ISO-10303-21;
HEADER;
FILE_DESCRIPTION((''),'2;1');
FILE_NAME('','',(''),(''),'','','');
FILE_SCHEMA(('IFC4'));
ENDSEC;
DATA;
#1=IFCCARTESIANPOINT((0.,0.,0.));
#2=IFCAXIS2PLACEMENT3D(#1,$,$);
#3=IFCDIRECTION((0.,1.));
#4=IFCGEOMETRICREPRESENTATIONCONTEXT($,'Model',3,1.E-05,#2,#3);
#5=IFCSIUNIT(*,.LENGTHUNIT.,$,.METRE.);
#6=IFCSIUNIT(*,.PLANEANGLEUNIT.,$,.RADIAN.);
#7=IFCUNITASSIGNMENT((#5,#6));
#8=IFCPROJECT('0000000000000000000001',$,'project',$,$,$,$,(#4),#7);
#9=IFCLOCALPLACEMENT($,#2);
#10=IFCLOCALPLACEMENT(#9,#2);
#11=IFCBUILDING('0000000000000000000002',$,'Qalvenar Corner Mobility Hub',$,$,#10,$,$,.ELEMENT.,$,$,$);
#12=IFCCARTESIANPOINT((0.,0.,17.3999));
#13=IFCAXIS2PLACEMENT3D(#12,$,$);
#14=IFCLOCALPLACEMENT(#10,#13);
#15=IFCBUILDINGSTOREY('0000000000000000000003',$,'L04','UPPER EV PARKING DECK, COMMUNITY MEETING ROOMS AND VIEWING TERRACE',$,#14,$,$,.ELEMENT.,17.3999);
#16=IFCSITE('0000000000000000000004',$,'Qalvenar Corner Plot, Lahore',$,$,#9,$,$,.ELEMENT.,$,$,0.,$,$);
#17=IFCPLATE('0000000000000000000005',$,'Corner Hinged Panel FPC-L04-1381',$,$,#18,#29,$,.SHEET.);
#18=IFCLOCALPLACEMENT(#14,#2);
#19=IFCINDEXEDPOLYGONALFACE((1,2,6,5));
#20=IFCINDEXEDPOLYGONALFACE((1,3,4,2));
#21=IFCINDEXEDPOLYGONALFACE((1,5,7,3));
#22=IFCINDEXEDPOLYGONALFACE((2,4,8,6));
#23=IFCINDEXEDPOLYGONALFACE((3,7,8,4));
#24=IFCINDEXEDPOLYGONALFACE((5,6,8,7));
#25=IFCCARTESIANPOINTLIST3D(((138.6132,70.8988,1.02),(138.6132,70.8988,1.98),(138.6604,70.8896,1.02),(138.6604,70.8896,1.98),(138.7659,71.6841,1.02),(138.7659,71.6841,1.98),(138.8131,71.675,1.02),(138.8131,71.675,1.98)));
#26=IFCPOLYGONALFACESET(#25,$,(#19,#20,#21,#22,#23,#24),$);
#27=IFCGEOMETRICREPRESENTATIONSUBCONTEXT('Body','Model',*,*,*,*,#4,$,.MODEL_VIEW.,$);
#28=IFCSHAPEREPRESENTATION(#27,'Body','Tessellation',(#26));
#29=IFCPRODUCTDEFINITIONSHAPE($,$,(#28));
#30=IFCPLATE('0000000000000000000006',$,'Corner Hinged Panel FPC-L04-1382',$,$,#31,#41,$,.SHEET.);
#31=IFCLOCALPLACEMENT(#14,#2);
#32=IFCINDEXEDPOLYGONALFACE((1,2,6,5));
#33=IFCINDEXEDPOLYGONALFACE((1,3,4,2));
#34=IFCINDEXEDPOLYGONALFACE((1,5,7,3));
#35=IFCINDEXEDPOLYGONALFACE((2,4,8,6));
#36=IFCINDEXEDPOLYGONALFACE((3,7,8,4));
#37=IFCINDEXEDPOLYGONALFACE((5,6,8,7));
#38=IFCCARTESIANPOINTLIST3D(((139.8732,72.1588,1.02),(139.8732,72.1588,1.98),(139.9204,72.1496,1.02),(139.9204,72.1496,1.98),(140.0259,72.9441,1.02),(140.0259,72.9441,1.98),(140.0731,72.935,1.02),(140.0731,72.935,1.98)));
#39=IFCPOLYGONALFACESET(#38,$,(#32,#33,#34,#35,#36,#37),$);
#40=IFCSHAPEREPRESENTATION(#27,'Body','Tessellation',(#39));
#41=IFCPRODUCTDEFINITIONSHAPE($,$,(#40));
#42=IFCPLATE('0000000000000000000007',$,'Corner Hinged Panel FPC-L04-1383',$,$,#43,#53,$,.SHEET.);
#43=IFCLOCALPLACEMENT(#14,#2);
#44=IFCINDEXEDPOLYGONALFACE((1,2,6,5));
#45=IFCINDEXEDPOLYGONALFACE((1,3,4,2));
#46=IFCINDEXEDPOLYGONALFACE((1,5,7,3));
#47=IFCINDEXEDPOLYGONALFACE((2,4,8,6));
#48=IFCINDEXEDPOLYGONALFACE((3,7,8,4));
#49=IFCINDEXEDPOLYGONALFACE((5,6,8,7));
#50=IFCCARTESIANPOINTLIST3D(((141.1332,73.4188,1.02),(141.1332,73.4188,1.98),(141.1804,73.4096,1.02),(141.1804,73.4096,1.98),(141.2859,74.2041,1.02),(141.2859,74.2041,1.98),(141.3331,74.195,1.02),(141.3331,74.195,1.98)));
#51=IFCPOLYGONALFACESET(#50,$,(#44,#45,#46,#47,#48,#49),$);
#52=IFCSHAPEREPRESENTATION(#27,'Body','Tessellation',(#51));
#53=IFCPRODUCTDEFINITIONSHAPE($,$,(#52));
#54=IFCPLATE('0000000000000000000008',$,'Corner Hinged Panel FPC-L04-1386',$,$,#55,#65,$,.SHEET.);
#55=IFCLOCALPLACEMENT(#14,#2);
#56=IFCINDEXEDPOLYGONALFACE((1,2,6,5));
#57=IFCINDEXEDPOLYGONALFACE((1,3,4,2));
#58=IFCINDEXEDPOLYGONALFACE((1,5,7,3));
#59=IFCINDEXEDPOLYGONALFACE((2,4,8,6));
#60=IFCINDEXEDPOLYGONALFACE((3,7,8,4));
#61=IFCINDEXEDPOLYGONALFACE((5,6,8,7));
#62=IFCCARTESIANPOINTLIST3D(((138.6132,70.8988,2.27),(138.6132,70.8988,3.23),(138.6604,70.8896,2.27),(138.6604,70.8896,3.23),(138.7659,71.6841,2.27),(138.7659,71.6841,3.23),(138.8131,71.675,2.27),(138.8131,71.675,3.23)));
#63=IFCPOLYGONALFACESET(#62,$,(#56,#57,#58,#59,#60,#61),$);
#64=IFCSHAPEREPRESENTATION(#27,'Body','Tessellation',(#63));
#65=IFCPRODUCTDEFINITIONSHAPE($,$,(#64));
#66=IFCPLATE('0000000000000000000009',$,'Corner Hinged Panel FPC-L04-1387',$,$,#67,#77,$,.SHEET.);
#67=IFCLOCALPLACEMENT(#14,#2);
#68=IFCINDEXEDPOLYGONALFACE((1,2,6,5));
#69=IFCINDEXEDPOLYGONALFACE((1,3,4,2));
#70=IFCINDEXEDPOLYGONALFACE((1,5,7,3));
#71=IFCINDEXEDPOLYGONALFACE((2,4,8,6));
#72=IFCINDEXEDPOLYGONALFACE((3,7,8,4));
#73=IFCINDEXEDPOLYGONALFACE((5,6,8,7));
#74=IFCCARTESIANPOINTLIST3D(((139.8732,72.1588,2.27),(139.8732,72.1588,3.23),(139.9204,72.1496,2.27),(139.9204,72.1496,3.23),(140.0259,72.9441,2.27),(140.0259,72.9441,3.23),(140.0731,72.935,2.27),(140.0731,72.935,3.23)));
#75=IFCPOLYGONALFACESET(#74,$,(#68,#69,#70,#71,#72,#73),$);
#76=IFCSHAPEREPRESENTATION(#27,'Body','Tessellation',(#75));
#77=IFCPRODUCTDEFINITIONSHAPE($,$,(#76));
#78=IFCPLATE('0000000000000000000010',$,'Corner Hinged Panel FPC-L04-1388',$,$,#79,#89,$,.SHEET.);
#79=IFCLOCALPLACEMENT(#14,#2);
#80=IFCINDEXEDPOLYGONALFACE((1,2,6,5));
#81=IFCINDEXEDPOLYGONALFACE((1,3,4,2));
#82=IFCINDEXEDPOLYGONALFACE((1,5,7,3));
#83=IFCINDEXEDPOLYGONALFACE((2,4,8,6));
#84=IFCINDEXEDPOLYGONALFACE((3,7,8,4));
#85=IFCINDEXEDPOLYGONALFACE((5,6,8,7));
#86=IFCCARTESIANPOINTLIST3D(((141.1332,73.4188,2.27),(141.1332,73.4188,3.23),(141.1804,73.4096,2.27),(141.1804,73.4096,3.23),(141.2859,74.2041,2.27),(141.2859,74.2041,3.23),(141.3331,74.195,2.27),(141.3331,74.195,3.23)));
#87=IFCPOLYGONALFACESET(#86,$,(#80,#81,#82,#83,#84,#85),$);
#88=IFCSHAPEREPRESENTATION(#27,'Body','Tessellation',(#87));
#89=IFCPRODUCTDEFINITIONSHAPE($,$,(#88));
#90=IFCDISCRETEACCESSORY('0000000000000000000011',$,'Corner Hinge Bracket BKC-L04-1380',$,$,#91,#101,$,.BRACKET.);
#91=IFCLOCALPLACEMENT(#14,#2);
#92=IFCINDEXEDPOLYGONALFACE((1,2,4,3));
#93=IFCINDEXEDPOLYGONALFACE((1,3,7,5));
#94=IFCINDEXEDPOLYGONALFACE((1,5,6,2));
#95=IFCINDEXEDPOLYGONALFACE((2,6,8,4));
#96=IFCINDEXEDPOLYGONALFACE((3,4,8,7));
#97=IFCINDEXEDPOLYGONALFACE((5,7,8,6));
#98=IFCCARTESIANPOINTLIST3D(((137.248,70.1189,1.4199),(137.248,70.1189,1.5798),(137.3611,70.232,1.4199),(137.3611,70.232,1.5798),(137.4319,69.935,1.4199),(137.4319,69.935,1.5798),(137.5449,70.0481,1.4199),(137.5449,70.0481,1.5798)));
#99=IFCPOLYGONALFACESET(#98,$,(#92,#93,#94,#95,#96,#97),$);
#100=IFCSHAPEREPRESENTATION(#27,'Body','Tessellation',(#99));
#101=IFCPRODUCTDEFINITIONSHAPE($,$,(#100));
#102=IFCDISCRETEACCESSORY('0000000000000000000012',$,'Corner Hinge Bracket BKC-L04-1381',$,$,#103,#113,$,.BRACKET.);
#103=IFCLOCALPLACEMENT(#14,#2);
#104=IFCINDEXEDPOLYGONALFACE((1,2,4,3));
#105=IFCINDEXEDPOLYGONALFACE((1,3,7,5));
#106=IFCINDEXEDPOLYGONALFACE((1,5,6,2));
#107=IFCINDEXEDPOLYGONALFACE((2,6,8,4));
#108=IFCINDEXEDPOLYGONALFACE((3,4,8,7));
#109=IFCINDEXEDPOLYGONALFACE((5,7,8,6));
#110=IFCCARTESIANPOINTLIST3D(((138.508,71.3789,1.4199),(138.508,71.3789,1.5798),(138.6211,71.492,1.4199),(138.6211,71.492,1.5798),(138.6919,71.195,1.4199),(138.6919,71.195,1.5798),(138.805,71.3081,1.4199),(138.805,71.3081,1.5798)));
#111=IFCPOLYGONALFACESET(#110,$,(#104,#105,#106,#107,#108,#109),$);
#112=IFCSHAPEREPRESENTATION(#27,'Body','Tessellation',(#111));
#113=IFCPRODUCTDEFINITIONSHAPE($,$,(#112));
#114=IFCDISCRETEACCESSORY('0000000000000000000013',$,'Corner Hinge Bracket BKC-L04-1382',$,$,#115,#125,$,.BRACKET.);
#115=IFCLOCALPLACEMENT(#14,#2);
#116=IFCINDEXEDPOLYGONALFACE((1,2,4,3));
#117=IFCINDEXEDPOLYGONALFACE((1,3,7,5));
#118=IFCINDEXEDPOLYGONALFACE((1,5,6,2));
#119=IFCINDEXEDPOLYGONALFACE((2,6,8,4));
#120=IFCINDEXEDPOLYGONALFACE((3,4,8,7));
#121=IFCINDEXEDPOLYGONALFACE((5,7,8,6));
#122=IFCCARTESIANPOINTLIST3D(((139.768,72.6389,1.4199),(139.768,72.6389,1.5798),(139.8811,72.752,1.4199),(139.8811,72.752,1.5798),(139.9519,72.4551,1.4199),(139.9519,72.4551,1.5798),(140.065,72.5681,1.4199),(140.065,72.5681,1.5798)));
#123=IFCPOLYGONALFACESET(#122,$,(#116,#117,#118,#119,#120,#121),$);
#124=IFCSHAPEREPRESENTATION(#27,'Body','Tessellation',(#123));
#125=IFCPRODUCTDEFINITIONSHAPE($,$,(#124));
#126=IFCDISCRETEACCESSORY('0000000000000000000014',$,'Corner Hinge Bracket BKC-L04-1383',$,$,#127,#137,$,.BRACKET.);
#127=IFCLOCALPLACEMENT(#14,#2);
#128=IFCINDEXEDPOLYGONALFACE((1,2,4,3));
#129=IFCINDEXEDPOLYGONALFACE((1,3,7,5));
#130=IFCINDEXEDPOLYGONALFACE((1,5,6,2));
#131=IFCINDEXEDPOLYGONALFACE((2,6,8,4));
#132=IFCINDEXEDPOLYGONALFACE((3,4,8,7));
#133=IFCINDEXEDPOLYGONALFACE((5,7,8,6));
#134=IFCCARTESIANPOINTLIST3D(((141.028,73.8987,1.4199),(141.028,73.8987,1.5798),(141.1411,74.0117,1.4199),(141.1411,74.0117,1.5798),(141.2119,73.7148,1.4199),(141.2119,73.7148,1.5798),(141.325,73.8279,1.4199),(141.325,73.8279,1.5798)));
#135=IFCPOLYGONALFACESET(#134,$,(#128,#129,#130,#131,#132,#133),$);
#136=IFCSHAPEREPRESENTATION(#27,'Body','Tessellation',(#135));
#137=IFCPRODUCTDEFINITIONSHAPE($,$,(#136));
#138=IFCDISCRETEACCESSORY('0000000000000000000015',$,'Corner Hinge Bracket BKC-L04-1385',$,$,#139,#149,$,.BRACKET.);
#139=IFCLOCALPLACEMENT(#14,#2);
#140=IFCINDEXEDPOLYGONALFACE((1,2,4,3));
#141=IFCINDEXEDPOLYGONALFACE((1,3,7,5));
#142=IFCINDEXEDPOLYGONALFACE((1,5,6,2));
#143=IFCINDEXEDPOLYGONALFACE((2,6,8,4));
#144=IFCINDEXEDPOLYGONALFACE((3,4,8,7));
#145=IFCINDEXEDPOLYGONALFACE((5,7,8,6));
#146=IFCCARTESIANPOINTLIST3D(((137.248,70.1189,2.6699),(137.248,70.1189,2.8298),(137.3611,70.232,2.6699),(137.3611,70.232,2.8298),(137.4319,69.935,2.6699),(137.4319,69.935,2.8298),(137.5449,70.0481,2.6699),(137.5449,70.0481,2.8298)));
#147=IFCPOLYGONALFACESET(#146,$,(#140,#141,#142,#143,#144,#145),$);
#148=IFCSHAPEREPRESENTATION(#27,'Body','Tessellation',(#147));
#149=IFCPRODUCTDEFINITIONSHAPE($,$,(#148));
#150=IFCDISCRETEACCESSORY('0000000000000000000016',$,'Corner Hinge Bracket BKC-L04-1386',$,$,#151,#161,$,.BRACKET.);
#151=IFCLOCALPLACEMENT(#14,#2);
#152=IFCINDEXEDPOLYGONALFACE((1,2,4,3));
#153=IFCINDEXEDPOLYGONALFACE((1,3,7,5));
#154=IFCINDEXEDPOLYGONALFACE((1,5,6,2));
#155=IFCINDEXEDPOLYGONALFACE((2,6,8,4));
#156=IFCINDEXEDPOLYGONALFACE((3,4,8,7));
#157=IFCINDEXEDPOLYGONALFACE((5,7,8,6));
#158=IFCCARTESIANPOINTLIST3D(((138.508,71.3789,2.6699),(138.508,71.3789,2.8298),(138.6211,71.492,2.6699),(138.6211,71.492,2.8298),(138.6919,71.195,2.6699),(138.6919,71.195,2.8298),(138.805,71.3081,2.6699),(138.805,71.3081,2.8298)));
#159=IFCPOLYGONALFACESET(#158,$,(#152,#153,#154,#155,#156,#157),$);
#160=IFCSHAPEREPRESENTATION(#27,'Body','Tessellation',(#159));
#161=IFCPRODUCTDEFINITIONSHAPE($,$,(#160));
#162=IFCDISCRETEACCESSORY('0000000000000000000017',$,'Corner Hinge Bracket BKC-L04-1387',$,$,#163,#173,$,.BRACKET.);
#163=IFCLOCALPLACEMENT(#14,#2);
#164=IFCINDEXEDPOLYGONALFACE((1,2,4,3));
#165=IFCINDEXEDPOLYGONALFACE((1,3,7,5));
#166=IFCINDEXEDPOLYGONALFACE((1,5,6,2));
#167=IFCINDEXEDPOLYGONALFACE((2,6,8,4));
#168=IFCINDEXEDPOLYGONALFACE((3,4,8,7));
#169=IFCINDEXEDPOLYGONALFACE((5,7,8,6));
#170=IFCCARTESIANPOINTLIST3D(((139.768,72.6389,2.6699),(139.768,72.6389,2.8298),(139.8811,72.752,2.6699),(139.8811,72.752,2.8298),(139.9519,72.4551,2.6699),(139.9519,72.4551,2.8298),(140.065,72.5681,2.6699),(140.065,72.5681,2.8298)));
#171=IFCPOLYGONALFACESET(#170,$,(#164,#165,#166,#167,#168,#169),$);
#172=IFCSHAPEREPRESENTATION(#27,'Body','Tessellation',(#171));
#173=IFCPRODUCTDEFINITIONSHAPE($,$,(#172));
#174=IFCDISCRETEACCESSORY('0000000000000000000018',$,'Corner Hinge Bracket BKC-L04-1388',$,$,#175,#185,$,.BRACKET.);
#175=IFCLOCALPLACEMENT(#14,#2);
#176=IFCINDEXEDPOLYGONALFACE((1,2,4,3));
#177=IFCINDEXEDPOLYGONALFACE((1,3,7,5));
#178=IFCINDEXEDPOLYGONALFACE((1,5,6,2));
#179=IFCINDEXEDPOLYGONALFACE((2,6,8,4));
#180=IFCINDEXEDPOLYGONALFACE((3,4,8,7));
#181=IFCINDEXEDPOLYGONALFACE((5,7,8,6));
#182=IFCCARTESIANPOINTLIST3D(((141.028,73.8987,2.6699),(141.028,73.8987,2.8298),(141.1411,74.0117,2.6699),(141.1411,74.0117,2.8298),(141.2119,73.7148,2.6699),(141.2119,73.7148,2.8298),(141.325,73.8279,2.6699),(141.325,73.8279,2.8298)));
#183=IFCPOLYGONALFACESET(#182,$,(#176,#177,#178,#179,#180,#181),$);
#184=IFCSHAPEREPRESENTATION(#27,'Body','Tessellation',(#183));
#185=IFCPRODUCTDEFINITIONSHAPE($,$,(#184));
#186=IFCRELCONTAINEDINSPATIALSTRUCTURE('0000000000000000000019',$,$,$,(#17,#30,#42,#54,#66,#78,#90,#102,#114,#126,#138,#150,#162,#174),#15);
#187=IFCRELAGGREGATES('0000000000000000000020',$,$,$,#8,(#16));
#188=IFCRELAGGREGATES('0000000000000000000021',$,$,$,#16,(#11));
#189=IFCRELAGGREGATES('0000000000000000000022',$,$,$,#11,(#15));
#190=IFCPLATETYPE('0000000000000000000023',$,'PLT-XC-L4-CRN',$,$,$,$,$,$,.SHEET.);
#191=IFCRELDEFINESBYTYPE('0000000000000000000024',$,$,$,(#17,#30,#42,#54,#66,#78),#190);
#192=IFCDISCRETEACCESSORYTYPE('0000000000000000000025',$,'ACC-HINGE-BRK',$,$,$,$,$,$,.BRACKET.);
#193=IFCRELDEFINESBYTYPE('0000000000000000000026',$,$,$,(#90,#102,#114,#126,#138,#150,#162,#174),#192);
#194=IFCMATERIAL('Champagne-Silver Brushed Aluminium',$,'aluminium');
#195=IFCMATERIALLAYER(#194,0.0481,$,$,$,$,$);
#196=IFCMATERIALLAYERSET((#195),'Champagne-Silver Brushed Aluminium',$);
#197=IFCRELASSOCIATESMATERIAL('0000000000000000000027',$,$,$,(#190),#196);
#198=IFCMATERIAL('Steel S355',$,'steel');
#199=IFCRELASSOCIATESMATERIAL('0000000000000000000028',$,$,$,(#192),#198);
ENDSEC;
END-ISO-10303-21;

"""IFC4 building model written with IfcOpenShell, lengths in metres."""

from ifc_helpers import new_model, si_unit, direction, frame, origin, origin_2d, place, context, subcontext, project, spatial, rectangle, extrude, material, layer, layer_set, type_object, element, save


model = new_model("IFC4")

# Units and contexts
model_context = context("Model", 3, precision=1e-05, world=origin(), true_north=direction((0.0, 1.0)))
body_context = subcontext(model_context, "Body", "Model", "MODEL_VIEW")
ifc_project = project(units=[si_unit("LENGTHUNIT", "METRE"), si_unit("PLANEANGLEUNIT", "RADIAN")], contexts=[model_context])

# Site, building, storey
site_placement = place(None, origin())
site = spatial("IfcSite", under=ifc_project, at=site_placement, Name="Qalvenar Corner Plot, Lahore", CompositionType="ELEMENT", RefElevation=0.0)
building_placement = place(site_placement, origin())
building = spatial("IfcBuilding", under=site, at=building_placement, Name="Qalvenar Corner Mobility Hub", CompositionType="ELEMENT")
storey_placement = place(building_placement, frame((0.0, 0.0, 17.3999)))
storey = spatial("IfcBuildingStorey", under=building, at=storey_placement, Name="L04", Description="UPPER EV PARKING DECK, COMMUNITY MEETING ROOMS AND VIEWING TERRACE", CompositionType="ELEMENT", Elevation=17.3999)

# Shared definitions
ifc_material_1 = material(Name="Steel S355", Category="steel")

# Plates
ifc_material_2 = material(Name="Champagne-Silver Brushed Aluminium", Category="aluminium")
ifc_layer = layer(ifc_material_2, 0.0481)
ifc_layer_set = layer_set([ifc_layer], Name="Champagne-Silver Brushed Aluminium")
plate_type = type_object("IfcPlateType", Name="PLT-XC-L4-CRN", PredefinedType="SHEET", material=ifc_layer_set)
for number, where, z_axis, x_axis, name in (
    (1, (138.7131, 71.2869, 1.02), (0.0, 0.0, 1.0), (0.190809, 0.981627, 0.0), "Corner Hinged Panel FPC-L04-1381"),
    (2, (139.9731, 72.5469, 1.02), (0.0, 0.0, 1.0), (0.190809, 0.981627, 0.0), "Corner Hinged Panel FPC-L04-1382"),
    (3, (141.2332, 73.8069, 1.02), (0.0, 0.0, 1.0), (0.190809, 0.981627, 0.0), "Corner Hinged Panel FPC-L04-1383"),
    (4, (138.7131, 71.2869, 2.27), (0.0, 0.0, 1.0), (0.190809, 0.981627, 0.0), "Corner Hinged Panel FPC-L04-1386"),
    (5, (139.9731, 72.5469, 2.27), (0.0, 0.0, 1.0), (0.190809, 0.981627, 0.0), "Corner Hinged Panel FPC-L04-1387"),
    (6, (141.2332, 73.8069, 2.27), (0.0, 0.0, 1.0), (0.190809, 0.981627, 0.0), "Corner Hinged Panel FPC-L04-1388"),
):
    element("IfcPlate", number, at=place(storey_placement, frame(where, z_axis=z_axis, x_axis=x_axis)), inside=storey, type_object=plate_type, Name=name, PredefinedType="SHEET", context=body_context, shape_type="SweptSolid", body=[
        extrude(rectangle(XDim=0.8, YDim=0.0481, at=origin_2d()), origin(), (0.0, 0.0, 1.0), 0.96),
    ])

# Discrete accessories
discrete_accessory_type = type_object("IfcDiscreteAccessoryType", Name="ACC-HINGE-BRK", PredefinedType="BRACKET", material=ifc_material_1)
for number, where, z_axis, x_axis, name in (
    (7, (137.3965, 70.0835, 1.4199), (0.0, 0.0, 1.0), (0.707107, 0.707107, 0.0), "Corner Hinge Bracket BKC-L04-1380"),
    (8, (138.6565, 71.3435, 1.4199), (0.0, 0.0, 1.0), (0.707107, 0.707107, 0.0), "Corner Hinge Bracket BKC-L04-1381"),
    (9, (139.9165, 72.6035, 1.4199), (0.0, 0.0, 1.0), (0.707107, 0.707107, 0.0), "Corner Hinge Bracket BKC-L04-1382"),
    (10, (141.1765, 73.8633, 1.4199), (0.0, 0.0, 1.0), (0.707107, 0.707107, 0.0), "Corner Hinge Bracket BKC-L04-1383"),
    (11, (137.3965, 70.0835, 2.6699), (0.0, 0.0, 1.0), (0.707107, 0.707107, 0.0), "Corner Hinge Bracket BKC-L04-1385"),
    (12, (138.6565, 71.3435, 2.6699), (0.0, 0.0, 1.0), (0.707107, 0.707107, 0.0), "Corner Hinge Bracket BKC-L04-1386"),
    (13, (139.9165, 72.6035, 2.6699), (0.0, 0.0, 1.0), (0.707107, 0.707107, 0.0), "Corner Hinge Bracket BKC-L04-1387"),
    (14, (141.1765, 73.8633, 2.6699), (0.0, 0.0, 1.0), (0.707107, 0.707107, 0.0), "Corner Hinge Bracket BKC-L04-1388"),
):
    element("IfcDiscreteAccessory", number, at=place(storey_placement, frame(where, z_axis=z_axis, x_axis=x_axis)), inside=storey, type_object=discrete_accessory_type, Name=name, PredefinedType="BRACKET", context=body_context, shape_type="SweptSolid", body=[
        extrude(rectangle(XDim=0.1599, YDim=0.26, at=origin_2d()), origin(), (0.0, 0.0, 1.0), 0.1599),
    ])

save(model, "model.ifc")
